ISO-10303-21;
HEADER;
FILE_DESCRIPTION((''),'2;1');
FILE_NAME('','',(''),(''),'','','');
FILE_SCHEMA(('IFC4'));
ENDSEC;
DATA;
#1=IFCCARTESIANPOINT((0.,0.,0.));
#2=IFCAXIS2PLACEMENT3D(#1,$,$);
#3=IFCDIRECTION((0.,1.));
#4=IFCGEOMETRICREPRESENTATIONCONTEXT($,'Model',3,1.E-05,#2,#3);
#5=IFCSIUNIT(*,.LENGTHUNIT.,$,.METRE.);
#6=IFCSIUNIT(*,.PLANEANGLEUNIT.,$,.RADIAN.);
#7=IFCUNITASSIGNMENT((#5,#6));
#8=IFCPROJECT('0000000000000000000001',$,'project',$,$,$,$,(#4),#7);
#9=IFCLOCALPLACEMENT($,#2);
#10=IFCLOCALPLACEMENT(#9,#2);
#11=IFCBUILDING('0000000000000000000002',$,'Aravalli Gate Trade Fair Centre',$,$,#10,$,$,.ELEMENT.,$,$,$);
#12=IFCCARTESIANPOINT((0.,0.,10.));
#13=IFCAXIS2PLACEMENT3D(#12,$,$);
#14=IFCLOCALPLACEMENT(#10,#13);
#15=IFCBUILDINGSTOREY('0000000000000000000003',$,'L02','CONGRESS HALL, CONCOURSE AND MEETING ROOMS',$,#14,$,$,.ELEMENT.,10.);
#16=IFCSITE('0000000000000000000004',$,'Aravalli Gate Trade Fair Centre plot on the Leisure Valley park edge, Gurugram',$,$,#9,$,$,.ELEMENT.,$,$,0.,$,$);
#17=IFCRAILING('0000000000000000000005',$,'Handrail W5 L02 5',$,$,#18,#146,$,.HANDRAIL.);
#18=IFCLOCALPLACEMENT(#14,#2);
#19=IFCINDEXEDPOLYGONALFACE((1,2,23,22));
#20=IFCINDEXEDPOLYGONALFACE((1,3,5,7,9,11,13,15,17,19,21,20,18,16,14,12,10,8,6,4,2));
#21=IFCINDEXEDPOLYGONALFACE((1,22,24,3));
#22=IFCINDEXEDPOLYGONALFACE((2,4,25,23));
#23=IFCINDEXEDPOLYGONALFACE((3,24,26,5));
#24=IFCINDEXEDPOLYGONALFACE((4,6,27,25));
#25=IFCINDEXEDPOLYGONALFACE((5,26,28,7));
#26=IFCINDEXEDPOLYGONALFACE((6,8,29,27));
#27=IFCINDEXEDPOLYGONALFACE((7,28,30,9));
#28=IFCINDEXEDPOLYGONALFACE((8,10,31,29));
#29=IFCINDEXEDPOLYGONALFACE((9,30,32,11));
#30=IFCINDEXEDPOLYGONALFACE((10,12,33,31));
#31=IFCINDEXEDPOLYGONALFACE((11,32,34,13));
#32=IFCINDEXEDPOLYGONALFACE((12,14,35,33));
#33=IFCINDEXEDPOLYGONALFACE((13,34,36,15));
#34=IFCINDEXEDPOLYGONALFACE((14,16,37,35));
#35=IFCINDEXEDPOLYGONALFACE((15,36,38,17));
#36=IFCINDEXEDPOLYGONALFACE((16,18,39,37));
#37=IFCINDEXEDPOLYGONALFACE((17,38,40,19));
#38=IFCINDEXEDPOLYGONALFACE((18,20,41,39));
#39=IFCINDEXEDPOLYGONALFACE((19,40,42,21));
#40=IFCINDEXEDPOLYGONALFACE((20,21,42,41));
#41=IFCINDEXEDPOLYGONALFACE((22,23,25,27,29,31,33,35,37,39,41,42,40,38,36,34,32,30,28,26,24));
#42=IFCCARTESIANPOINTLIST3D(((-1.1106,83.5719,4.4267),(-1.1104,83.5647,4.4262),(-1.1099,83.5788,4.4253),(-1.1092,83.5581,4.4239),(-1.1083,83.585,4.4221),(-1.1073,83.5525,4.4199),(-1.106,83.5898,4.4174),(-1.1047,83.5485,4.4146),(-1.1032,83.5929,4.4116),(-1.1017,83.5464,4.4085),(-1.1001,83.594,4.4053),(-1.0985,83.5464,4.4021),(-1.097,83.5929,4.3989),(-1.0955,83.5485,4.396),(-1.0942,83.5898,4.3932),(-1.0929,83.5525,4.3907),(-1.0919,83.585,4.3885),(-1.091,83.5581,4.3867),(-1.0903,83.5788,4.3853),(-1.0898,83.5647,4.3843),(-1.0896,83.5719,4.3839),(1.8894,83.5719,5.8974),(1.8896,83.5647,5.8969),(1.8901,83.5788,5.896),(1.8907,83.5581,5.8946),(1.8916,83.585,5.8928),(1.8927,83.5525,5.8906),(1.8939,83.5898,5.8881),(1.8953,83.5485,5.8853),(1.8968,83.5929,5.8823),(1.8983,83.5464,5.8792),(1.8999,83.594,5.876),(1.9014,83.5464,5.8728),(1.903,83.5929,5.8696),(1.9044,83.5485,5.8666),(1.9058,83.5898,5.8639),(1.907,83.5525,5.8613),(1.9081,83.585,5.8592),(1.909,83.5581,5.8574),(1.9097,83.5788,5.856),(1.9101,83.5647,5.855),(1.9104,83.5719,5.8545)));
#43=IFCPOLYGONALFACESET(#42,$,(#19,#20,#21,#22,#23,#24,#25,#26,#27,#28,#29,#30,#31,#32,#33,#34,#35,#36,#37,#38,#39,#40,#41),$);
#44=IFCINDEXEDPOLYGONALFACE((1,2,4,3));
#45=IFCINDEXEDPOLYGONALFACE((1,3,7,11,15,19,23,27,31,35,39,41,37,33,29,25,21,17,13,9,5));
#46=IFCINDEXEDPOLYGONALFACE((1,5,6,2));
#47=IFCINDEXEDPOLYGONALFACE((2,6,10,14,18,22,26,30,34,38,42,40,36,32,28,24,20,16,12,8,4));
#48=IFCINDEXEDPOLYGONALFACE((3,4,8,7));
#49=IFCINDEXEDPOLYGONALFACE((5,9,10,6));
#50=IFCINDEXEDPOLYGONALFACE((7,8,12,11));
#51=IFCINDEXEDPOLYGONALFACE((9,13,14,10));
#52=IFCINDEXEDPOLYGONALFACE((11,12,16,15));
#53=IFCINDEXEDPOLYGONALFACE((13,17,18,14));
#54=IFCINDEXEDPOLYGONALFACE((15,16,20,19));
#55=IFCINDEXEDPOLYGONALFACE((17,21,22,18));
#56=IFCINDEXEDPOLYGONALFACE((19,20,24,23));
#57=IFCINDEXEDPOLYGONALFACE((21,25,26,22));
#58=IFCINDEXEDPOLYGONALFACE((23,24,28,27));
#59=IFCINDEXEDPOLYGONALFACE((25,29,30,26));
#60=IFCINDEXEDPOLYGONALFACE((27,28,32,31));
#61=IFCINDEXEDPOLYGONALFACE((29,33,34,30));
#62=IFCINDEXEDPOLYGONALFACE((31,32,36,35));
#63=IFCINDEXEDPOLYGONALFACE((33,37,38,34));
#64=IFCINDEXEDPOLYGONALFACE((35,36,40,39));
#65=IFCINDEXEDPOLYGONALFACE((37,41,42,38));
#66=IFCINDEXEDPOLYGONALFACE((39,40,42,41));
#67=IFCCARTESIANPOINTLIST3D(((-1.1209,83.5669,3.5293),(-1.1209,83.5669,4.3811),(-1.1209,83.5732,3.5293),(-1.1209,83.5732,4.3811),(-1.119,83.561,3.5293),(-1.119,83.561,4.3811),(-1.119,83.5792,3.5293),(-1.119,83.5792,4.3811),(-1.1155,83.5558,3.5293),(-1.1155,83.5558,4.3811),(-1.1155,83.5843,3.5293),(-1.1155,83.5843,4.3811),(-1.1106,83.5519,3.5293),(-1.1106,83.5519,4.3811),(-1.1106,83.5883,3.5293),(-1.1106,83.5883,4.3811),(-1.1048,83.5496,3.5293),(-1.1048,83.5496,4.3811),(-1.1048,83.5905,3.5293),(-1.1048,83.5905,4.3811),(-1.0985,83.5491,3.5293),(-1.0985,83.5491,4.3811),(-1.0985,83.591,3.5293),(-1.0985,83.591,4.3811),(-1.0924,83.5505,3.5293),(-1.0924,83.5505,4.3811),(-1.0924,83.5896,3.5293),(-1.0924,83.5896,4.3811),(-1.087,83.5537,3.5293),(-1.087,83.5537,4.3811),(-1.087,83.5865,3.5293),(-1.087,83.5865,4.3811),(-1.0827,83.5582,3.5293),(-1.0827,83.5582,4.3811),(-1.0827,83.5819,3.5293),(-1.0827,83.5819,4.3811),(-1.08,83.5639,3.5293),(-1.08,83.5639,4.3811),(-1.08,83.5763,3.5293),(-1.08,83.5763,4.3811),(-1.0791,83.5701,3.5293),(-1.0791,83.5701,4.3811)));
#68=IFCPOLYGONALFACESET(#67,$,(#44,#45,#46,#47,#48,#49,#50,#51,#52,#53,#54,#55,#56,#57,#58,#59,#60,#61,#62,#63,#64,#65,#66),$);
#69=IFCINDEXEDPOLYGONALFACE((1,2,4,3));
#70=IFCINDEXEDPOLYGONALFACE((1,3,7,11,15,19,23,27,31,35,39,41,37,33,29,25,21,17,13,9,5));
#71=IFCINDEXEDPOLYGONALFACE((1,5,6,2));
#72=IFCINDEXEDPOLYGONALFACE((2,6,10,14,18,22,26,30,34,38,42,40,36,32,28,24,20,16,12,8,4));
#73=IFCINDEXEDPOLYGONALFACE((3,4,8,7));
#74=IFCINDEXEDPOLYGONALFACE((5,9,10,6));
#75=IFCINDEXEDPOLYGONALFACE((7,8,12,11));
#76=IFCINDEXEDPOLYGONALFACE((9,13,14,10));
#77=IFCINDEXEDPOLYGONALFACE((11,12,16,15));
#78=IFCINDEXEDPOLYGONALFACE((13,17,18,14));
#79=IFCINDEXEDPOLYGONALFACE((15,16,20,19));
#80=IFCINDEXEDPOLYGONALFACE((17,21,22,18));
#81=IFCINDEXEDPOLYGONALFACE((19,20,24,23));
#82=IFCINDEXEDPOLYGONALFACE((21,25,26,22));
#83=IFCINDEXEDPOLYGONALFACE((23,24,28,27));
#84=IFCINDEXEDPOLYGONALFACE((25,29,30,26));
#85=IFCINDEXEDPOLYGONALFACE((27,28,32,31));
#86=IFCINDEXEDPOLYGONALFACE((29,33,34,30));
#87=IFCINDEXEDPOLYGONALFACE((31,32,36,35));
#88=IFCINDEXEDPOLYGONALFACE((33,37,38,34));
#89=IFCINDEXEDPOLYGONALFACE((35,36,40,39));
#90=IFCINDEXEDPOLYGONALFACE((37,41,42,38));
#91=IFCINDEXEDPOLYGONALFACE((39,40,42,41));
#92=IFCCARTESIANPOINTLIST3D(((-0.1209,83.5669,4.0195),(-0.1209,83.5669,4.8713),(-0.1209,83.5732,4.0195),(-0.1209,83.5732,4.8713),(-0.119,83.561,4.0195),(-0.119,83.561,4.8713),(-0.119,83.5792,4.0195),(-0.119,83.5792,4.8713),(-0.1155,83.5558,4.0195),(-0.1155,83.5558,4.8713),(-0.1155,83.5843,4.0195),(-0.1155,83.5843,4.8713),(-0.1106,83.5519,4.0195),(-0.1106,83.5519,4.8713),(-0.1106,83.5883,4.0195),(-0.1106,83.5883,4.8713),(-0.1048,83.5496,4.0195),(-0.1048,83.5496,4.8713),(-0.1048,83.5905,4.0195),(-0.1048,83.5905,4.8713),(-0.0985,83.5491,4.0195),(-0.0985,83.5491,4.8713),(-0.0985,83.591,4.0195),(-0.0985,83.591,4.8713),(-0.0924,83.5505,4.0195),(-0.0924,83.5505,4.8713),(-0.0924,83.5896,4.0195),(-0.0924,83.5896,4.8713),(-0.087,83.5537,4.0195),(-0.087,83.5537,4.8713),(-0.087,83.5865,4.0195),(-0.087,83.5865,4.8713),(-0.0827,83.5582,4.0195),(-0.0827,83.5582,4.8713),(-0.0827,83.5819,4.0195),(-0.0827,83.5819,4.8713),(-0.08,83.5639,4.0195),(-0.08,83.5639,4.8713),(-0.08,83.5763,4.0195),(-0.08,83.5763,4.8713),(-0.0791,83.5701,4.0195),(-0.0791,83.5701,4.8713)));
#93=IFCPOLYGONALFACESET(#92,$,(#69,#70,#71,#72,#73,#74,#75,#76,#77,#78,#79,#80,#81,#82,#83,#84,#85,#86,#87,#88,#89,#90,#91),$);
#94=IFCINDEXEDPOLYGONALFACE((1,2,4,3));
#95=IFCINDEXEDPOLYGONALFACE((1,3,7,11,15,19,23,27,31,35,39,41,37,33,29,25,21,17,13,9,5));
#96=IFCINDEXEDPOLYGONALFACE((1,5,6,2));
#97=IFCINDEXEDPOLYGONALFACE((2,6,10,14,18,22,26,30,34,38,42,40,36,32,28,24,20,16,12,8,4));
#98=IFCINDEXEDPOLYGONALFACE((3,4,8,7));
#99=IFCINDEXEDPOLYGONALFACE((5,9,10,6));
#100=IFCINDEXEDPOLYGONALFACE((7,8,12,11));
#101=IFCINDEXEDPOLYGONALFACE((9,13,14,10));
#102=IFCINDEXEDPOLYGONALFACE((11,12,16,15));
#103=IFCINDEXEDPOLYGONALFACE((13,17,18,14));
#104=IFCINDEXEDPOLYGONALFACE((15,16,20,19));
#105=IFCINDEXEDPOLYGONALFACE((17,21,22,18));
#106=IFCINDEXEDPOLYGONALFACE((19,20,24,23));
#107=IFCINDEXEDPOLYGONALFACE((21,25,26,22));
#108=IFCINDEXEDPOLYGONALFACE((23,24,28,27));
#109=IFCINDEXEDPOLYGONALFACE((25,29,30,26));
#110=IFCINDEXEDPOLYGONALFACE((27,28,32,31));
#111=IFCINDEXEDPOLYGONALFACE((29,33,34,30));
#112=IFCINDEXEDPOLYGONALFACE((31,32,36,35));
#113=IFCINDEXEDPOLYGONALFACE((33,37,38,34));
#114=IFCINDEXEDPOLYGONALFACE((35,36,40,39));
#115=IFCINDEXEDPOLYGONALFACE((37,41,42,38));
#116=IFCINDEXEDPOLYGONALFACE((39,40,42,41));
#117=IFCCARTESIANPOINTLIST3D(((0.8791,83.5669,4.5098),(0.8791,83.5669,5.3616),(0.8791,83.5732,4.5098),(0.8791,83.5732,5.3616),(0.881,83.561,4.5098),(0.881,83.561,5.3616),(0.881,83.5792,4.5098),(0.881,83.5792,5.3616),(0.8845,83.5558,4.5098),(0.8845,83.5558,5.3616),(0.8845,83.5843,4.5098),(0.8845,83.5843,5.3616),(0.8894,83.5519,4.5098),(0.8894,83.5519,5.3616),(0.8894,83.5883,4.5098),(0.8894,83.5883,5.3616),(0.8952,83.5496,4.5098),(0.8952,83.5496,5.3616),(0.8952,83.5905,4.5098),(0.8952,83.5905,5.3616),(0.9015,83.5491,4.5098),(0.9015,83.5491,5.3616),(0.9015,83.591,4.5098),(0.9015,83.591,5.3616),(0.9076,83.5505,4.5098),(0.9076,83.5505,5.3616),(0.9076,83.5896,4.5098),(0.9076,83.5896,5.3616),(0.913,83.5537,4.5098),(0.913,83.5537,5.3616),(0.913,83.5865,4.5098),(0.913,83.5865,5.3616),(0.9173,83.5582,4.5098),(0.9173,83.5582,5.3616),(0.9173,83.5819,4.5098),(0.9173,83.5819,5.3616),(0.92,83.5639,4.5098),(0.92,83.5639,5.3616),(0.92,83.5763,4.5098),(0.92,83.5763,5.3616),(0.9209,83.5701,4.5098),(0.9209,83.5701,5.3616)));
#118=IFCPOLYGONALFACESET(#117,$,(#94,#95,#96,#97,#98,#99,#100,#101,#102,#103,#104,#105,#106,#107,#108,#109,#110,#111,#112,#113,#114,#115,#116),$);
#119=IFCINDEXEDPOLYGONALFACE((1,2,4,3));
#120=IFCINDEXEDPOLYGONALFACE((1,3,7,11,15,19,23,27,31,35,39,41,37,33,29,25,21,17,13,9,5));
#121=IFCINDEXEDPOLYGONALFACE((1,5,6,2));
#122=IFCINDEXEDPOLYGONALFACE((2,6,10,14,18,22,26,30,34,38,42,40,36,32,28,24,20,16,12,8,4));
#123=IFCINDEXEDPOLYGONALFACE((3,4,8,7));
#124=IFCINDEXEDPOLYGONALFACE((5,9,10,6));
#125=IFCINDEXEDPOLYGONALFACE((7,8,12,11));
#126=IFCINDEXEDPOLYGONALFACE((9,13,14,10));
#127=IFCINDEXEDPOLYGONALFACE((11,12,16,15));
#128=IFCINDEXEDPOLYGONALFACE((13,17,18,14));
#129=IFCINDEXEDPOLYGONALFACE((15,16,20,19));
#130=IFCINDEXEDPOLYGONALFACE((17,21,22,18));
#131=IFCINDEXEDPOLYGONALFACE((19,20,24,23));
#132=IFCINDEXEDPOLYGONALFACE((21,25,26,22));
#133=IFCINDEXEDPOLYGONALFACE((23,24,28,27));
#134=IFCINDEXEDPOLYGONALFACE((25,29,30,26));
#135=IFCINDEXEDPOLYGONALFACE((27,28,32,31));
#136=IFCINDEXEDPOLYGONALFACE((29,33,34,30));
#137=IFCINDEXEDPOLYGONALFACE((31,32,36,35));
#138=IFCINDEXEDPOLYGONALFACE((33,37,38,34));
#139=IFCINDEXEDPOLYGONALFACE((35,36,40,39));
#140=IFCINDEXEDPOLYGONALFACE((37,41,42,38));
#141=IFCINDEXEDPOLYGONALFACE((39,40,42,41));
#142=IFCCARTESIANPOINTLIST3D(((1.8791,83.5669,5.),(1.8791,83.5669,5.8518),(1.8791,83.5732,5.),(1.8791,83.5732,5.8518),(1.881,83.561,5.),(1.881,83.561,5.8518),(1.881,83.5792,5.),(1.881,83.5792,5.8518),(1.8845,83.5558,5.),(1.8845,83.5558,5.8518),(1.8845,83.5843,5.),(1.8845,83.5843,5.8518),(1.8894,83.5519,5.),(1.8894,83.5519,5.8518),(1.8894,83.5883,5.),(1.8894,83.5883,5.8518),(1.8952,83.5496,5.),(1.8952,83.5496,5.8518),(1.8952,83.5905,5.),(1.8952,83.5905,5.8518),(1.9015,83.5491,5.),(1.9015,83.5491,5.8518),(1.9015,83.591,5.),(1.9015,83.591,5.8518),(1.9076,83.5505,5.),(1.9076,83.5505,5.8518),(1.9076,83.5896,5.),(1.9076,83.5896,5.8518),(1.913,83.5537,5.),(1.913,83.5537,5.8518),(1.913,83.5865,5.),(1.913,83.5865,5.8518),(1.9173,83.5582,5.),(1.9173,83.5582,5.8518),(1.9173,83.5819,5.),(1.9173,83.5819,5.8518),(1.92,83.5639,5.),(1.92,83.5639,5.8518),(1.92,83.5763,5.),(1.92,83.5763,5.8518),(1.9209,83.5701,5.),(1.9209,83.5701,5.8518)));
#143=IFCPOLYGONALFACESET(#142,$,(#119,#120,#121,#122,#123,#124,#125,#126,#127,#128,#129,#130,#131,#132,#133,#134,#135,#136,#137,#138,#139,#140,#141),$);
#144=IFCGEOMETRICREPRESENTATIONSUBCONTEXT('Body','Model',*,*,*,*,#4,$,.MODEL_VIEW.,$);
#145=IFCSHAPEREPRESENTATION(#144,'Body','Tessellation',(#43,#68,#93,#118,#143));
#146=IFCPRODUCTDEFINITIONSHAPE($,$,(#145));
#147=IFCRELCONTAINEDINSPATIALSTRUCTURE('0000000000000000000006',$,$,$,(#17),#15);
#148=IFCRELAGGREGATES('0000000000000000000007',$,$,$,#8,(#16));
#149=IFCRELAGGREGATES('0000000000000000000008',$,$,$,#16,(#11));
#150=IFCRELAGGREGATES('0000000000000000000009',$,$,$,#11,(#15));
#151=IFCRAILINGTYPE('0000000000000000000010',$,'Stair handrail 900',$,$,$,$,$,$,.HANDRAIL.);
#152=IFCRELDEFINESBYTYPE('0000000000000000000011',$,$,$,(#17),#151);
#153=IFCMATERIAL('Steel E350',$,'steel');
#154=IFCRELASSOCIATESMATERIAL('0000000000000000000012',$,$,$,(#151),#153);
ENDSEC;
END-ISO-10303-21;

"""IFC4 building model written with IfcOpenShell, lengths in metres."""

from ifc_helpers import new_model, si_unit, direction, frame, origin, origin_2d, place, context, subcontext, project, spatial, circle, extrude, material, type_object, element, save


model = new_model("IFC4")

# Units and contexts
model_context = context("Model", 3, precision=1e-05, world=origin(), true_north=direction((0.0, 1.0)))
body_context = subcontext(model_context, "Body", "Model", "MODEL_VIEW")
ifc_project = project(units=[si_unit("LENGTHUNIT", "METRE"), si_unit("PLANEANGLEUNIT", "RADIAN")], contexts=[model_context])

# Site, building, storey
site_placement = place(None, origin())
site = spatial("IfcSite", under=ifc_project, at=site_placement, Name="Aravalli Gate Trade Fair Centre plot on the Leisure Valley park edge, Gurugram", CompositionType="ELEMENT", RefElevation=0.0)
building_placement = place(site_placement, origin())
building = spatial("IfcBuilding", under=site, at=building_placement, Name="Aravalli Gate Trade Fair Centre", CompositionType="ELEMENT")
storey_placement = place(building_placement, frame((0.0, 0.0, 10.0)))
storey = spatial("IfcBuildingStorey", under=building, at=storey_placement, Name="L02", Description="CONGRESS HALL, CONCOURSE AND MEETING ROOMS", CompositionType="ELEMENT", Elevation=10.0)

# Railing
ifc_material_1 = material(Name="Steel E350", Category="steel")
railing_type_1 = type_object("IfcRailingType", Name="Stair handrail 900", PredefinedType="HANDRAIL", material=ifc_material_1)
for number, where, name in (
    (1, (-1.1001, 83.5701, 3.5293), "Handrail W5 L02 5"),
):
    element("IfcRailing", number, at=place(storey_placement, frame(where)), inside=storey, type_object=railing_type_1, Name=name, PredefinedType="HANDRAIL", context=body_context, shape_type="SweptSolid", body=[
        extrude(circle(Radius=0.0239, at=origin_2d()), frame((0.0, 0.0, 0.876), z_axis=(0.897907, 0.0, 0.440185), x_axis=(0.0, 1.0, 0.0)), (0.0, 0.0, 1.0), 3.3411),
        extrude(circle(Radius=0.021, at=origin_2d()), origin(), (0.0, 0.0, 1.0), 0.8518),
        extrude(circle(Radius=0.021, at=origin_2d()), frame((1.0, 0.0, 0.4902)), (0.0, 0.0, 1.0), 0.8518),
        extrude(circle(Radius=0.021, at=origin_2d()), frame((2.0, 0.0, 0.9805)), (0.0, 0.0, 1.0), 0.8518),
        extrude(circle(Radius=0.021, at=origin_2d()), frame((3.0, 0.0, 1.4707)), (0.0, 0.0, 1.0), 0.8518),
    ])

save(model, "model.ifc")
